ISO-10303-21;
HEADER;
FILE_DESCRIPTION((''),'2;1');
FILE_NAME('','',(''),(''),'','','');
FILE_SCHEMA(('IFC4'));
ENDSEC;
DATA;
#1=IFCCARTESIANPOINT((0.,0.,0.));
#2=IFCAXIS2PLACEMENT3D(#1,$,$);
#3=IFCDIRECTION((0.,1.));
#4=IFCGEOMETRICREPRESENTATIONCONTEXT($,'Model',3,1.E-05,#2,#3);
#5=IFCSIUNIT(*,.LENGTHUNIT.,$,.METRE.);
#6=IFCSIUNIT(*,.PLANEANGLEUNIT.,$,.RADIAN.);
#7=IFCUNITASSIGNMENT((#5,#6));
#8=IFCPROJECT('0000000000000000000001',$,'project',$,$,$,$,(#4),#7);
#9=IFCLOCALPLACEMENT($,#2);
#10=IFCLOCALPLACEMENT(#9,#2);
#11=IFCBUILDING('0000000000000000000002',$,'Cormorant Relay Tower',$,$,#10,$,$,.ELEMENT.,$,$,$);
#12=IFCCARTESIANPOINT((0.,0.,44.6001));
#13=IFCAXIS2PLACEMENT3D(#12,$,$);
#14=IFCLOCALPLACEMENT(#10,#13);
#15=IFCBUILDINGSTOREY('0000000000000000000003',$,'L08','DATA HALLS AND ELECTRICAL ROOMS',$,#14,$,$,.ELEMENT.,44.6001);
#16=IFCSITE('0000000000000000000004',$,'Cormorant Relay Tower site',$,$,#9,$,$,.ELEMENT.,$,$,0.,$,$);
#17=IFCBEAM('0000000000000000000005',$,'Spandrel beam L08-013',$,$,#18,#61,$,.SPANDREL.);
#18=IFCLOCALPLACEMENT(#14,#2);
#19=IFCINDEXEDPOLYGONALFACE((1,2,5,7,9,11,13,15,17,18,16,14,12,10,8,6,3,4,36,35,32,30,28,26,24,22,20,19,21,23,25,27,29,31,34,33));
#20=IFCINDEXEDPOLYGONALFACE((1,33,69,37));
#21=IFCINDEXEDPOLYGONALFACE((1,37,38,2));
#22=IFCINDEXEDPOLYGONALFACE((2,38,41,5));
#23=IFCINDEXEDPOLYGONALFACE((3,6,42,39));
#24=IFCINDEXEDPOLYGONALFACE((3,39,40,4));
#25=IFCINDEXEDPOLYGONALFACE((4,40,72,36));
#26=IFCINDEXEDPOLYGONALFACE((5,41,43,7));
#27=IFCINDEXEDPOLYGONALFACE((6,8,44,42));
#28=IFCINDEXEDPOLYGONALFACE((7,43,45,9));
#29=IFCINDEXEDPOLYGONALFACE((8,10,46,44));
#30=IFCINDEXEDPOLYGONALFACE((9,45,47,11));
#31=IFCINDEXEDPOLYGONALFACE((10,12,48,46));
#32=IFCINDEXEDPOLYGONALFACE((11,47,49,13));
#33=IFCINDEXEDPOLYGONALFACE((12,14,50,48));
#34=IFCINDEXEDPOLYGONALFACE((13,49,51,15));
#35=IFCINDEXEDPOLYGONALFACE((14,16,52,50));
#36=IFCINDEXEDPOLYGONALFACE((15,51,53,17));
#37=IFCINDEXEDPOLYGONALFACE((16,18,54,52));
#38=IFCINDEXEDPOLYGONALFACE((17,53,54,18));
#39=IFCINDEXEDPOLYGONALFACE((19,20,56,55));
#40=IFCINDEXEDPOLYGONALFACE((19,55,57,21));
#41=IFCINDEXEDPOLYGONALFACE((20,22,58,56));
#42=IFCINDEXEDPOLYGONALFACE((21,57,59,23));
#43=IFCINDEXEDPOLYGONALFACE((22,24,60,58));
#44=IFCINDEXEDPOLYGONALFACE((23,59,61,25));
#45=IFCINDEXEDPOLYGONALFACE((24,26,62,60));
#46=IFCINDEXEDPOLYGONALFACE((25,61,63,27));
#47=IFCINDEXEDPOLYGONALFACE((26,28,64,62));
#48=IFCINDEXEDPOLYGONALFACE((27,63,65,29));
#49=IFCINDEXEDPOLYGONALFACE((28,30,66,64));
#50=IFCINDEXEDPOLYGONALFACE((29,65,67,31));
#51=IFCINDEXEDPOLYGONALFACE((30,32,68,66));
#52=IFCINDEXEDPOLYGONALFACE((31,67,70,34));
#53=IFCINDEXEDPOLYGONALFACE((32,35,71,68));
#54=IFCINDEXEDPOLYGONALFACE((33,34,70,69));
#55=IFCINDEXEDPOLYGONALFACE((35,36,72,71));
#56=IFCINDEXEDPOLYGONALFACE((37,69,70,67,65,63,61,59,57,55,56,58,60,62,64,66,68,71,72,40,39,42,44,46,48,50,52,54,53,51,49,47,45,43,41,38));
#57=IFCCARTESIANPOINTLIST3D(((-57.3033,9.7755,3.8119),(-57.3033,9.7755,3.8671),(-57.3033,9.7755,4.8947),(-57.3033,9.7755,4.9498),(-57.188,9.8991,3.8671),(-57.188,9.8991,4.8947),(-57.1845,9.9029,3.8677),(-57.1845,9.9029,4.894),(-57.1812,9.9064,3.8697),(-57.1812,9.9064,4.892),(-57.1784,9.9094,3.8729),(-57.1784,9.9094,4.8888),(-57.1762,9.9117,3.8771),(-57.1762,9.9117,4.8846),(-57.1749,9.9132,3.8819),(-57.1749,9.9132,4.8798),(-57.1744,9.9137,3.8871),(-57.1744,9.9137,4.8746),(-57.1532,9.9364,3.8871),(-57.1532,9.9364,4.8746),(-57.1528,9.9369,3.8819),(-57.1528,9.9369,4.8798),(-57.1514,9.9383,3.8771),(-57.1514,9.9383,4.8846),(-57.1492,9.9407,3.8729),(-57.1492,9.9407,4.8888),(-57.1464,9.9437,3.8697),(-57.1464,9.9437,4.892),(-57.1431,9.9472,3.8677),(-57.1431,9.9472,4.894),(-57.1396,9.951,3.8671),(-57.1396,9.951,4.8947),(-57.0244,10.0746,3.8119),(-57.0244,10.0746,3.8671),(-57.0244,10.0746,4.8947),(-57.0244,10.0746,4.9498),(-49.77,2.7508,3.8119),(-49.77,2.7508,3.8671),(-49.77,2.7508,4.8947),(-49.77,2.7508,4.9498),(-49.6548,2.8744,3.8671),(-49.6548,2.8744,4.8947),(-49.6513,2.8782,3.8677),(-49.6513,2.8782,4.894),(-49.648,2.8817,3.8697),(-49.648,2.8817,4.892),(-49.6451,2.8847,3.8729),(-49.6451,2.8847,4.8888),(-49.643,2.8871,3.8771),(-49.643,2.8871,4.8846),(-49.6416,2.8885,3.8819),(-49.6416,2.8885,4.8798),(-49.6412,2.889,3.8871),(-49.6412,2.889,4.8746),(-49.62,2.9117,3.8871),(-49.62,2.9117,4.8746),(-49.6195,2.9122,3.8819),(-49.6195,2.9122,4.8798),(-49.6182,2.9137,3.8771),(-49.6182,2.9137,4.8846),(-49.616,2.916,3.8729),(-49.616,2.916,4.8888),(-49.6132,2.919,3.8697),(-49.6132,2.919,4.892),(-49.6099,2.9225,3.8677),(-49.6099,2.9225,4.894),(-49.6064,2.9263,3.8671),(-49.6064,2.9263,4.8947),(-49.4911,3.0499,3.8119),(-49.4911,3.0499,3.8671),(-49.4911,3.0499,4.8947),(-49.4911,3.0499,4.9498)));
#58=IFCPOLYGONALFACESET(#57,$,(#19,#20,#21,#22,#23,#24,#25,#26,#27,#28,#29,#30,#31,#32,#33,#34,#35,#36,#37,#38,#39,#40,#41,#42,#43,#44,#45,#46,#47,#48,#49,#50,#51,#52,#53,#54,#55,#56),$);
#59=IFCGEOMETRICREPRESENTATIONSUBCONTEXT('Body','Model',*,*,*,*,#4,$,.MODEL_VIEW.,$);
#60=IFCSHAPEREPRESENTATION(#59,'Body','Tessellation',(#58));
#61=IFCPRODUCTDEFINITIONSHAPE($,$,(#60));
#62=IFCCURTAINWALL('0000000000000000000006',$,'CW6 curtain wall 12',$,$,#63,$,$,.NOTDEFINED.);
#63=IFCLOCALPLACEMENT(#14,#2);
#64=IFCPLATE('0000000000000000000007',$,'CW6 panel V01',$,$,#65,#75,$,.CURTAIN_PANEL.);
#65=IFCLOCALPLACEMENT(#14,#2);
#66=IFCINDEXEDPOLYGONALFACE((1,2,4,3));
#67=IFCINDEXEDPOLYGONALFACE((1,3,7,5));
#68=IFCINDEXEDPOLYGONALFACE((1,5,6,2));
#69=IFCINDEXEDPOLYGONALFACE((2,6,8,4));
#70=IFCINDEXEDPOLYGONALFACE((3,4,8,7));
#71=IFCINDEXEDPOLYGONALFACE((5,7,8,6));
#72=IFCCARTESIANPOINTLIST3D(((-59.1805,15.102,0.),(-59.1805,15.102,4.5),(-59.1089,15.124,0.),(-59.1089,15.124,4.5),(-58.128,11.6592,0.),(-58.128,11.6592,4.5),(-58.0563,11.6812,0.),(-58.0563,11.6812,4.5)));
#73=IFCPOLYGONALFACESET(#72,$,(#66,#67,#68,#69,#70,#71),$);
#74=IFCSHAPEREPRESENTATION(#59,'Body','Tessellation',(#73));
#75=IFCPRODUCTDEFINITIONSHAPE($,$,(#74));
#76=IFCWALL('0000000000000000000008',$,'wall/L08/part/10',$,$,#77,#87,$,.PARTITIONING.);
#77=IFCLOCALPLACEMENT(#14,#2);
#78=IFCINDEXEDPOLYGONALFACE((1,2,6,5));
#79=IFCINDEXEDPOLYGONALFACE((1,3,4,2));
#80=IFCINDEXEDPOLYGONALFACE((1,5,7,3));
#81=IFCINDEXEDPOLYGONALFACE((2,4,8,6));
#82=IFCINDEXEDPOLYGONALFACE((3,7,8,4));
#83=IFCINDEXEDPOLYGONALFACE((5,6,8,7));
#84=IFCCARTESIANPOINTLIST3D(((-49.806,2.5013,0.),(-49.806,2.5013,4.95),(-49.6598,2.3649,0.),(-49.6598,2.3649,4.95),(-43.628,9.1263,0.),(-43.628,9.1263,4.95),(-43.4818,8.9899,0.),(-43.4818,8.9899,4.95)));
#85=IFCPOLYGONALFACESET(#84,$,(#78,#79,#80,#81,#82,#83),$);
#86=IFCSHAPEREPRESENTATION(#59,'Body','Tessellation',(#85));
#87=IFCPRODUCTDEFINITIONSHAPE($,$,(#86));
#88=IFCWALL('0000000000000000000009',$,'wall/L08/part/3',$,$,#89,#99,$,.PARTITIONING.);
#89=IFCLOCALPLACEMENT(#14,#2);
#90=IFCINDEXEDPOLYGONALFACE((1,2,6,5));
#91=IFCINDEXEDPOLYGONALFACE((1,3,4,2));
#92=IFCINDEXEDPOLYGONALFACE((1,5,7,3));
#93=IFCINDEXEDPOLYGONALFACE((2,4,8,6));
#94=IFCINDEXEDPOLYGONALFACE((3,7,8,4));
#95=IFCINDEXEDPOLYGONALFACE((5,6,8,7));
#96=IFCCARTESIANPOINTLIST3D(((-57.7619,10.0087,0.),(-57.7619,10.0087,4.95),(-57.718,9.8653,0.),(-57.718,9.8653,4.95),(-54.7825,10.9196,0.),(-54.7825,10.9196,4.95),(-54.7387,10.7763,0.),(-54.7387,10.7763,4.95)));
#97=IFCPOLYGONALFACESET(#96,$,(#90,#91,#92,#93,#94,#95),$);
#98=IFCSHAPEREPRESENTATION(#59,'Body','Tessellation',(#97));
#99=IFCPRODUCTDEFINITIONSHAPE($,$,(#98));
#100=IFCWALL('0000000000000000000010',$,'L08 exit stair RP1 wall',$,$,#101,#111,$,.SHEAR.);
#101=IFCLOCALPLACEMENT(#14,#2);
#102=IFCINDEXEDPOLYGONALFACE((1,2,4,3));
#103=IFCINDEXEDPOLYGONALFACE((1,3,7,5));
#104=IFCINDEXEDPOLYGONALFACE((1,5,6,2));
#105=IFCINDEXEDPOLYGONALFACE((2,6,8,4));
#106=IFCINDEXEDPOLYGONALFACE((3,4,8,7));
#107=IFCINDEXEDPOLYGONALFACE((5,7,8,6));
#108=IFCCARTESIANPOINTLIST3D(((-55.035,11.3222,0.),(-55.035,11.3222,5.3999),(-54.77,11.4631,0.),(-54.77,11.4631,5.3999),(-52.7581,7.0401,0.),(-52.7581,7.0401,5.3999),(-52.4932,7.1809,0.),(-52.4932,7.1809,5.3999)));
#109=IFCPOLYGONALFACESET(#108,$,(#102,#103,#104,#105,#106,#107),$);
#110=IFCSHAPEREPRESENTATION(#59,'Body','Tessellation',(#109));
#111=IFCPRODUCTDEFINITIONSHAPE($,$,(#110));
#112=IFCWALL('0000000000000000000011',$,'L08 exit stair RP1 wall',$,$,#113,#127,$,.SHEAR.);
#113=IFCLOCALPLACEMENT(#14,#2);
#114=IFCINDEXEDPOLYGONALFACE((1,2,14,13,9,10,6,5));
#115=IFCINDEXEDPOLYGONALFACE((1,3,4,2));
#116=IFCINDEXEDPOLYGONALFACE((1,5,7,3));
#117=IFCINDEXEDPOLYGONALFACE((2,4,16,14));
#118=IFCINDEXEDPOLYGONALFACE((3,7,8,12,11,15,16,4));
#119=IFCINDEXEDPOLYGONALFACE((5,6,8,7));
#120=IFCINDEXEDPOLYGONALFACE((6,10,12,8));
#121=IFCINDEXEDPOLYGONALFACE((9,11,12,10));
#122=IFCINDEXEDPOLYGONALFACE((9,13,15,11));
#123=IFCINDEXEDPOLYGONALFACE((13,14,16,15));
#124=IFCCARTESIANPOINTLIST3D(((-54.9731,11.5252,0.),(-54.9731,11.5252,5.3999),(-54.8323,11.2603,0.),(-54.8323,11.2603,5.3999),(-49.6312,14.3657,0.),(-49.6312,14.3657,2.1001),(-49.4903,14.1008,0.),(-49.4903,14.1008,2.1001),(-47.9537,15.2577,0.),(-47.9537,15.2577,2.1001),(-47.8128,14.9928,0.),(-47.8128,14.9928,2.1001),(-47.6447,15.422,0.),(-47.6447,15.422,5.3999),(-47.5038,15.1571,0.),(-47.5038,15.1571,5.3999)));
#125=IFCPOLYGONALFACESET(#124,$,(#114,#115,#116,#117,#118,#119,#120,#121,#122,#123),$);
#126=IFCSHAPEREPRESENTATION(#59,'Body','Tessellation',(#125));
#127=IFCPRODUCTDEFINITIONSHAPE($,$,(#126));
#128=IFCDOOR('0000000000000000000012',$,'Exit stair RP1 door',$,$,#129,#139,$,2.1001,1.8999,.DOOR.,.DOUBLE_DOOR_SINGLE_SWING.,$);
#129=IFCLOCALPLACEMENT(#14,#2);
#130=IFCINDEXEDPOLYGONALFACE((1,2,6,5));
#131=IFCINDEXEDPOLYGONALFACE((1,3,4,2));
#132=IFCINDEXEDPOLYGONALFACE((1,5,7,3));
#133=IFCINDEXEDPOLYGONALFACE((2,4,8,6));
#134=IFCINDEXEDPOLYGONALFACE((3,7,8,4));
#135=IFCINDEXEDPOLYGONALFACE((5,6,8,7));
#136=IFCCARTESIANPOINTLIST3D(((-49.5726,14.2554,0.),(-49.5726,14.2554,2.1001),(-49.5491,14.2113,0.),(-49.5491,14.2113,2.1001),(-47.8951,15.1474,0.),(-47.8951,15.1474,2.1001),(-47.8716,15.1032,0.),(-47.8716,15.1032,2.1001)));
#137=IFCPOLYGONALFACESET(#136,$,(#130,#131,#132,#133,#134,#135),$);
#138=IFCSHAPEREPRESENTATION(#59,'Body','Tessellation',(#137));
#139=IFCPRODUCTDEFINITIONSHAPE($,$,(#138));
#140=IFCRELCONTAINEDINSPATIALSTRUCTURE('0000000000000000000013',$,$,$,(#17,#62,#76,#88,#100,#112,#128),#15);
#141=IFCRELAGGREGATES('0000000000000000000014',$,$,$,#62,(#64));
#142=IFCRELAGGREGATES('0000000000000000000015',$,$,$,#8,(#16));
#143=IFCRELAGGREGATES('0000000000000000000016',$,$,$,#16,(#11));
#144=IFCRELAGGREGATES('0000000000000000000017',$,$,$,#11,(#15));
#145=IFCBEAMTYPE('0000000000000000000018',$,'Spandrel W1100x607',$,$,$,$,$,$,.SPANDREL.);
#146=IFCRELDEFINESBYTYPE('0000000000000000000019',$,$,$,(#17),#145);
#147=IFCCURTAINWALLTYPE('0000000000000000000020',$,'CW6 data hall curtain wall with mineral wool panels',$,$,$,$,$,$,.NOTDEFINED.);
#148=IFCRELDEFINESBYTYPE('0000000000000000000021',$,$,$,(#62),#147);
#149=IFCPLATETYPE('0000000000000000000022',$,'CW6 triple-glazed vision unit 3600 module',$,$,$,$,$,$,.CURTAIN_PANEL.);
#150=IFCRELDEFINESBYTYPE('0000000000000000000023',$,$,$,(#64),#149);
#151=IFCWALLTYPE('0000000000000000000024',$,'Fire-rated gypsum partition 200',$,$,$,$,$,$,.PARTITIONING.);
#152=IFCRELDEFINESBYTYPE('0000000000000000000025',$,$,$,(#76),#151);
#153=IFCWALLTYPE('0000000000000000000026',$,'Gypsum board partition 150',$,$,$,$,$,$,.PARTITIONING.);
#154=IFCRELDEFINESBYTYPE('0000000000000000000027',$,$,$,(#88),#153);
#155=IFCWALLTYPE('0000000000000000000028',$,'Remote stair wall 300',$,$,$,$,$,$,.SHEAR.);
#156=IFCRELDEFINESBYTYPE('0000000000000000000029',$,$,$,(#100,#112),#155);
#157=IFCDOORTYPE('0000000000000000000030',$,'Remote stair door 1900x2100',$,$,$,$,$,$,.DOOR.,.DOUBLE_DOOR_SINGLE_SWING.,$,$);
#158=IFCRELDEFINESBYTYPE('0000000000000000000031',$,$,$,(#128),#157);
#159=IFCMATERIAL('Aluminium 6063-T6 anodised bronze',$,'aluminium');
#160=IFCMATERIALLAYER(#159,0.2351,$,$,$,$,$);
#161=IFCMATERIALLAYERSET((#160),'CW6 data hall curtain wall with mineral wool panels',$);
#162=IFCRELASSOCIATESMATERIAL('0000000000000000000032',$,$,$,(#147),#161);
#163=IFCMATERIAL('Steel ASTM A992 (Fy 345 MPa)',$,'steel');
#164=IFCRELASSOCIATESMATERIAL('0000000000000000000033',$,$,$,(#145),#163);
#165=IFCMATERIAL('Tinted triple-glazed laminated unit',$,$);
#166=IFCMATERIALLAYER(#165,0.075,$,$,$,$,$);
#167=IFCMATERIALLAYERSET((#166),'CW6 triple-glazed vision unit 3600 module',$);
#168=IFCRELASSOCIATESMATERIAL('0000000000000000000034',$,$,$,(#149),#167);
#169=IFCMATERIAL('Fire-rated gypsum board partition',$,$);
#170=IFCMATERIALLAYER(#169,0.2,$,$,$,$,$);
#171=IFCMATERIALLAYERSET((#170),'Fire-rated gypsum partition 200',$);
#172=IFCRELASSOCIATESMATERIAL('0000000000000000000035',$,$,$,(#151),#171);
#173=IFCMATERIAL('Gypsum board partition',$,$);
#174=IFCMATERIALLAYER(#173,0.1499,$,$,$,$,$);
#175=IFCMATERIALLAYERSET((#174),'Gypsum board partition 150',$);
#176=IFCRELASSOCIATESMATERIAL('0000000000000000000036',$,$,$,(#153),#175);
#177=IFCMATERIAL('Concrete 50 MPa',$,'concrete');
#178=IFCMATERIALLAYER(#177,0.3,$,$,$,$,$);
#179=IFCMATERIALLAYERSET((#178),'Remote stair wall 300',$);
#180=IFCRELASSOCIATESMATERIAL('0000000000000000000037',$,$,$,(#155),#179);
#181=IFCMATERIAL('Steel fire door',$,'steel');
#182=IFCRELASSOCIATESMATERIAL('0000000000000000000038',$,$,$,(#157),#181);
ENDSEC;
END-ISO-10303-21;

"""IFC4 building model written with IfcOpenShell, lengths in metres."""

from ifc_helpers import new_model, si_unit, direction, frame, frame_2d, origin, origin_2d, place, context, subcontext, project, spatial, rectangle, i_section, extrude, material, layer, layer_set, material_profile, profile_set, type_object, element, fill, aggregate, save


model = new_model("IFC4")

# Units and contexts
model_context = context("Model", 3, precision=1e-05, world=origin(), true_north=direction((0.0, 1.0)))
body_context = subcontext(model_context, "Body", "Model", "MODEL_VIEW")
ifc_project = project(units=[si_unit("LENGTHUNIT", "METRE"), si_unit("PLANEANGLEUNIT", "RADIAN")], contexts=[model_context])

# Site, building, storey
site_placement = place(None, origin())
site = spatial("IfcSite", under=ifc_project, at=site_placement, Name="Cormorant Relay Tower site", CompositionType="ELEMENT", RefElevation=0.0)
building_placement = place(site_placement, origin())
building = spatial("IfcBuilding", under=site, at=building_placement, Name="Cormorant Relay Tower", CompositionType="ELEMENT")
storey_placement = place(building_placement, frame((0.0, 0.0, 44.6001)))
storey = spatial("IfcBuildingStorey", under=building, at=storey_placement, Name="L08", Description="DATA HALLS AND ELECTRICAL ROOMS", CompositionType="ELEMENT", Elevation=44.6001)

# Shared definitions
ifc_material_1 = material(Name="Aluminium 6063-T6 anodised bronze", Category="aluminium")
ifc_layer_1 = layer(ifc_material_1, 0.2351)
ifc_layer_set_1 = layer_set([ifc_layer_1], Name="CW6 data hall curtain wall with mineral wool panels")
curtain_wall_type = type_object("IfcCurtainWallType", Name="CW6 data hall curtain wall with mineral wool panels", PredefinedType="NOTDEFINED", material=ifc_layer_set_1)

# Beam
ifc_material_2 = material(Name="Steel ASTM A992 (Fy 345 MPa)", Category="steel")
ifc_material_profile_1 = material_profile(ifc_material_2, i_section(OverallWidth=0.4089, OverallDepth=1.1379, WebThickness=0.031, FlangeThickness=0.0552, FilletRadius=0.02, at=origin_2d()), Name="W1100x607")
ifc_profile_set_1 = profile_set([ifc_material_profile_1], Name="Steel ASTM A992 (Fy 345 MPa)")
beam_type = type_object("IfcBeamType", Name="Spandrel W1100x607", PredefinedType="SPANDREL", material=ifc_profile_set_1)
beam_placement = place(storey_placement, frame((-57.1638, 9.925, 4.3809), z_axis=(0.731362, -0.68199, 0.0), x_axis=(0.68199, 0.731362, 0.0)))
element("IfcBeam", 1, at=beam_placement, inside=storey, type_object=beam_type, Name="Spandrel beam L08-013", PredefinedType="SPANDREL", context=body_context, shape_type="SweptSolid", body=[
    extrude(i_section(OverallWidth=0.4089, OverallDepth=1.1379, WebThickness=0.031, FlangeThickness=0.0552, FilletRadius=0.02, at=origin_2d()), origin(), (0.0, 0.0, 1.0), 10.3003),
])

# Curtain wall, plate
curtain_wall_1_placement = place(storey_placement, origin())
curtain_wall_1 = element("IfcCurtainWall", 2, at=curtain_wall_1_placement, inside=storey, type_object=curtain_wall_type, Name="CW6 curtain wall 12", PredefinedType="NOTDEFINED")
ifc_material_3 = material(Name="Tinted triple-glazed laminated unit")
ifc_layer_2 = layer(ifc_material_3, 0.075)
ifc_layer_set_2 = layer_set([ifc_layer_2], Name="CW6 triple-glazed vision unit 3600 module")
plate_type = type_object("IfcPlateType", Name="CW6 triple-glazed vision unit 3600 module", PredefinedType="CURTAIN_PANEL", material=ifc_layer_set_2)
plate_placement = place(storey_placement, frame((-58.6184, 13.3916, 0.0), z_axis=(0.0, 0.0, 1.0), x_axis=(0.292372, -0.956305, 0.0)))
plate = element("IfcPlate", 3, at=plate_placement, type_object=plate_type, Name="CW6 panel V01", PredefinedType="CURTAIN_PANEL", context=body_context, shape_type="SweptSolid", body=[
    extrude(rectangle(XDim=3.6001, YDim=0.075, at=origin_2d()), origin(), (0.0, 0.0, 1.0), 4.5),
])

# Walls
ifc_material_4 = material(Name="Fire-rated gypsum board partition")
ifc_layer_3 = layer(ifc_material_4, 0.2)
ifc_layer_set_3 = layer_set([ifc_layer_3], Name="Fire-rated gypsum partition 200")
wall_type_1 = type_object("IfcWallType", Name="Fire-rated gypsum partition 200", PredefinedType="PARTITIONING", material=ifc_layer_set_3)
wall_1_placement = place(storey_placement, frame((-49.7329, 2.4331, 0.0), z_axis=(0.0, 0.0, 1.0), x_axis=(0.682002, 0.73135, 0.0)))
element("IfcWall", 4, at=wall_1_placement, inside=storey, type_object=wall_type_1, Name="wall/L08/part/10", PredefinedType="PARTITIONING", context=body_context, shape_type="SweptSolid", body=[
    extrude(rectangle(XDim=9.0586, YDim=0.2, at=frame_2d((4.5293, 0.0))), origin(), (0.0, 0.0, 1.0), 4.95),
])
ifc_material_5 = material(Name="Gypsum board partition")
ifc_layer_4 = layer(ifc_material_5, 0.1499)
ifc_layer_set_4 = layer_set([ifc_layer_4], Name="Gypsum board partition 150")
wall_type_2 = type_object("IfcWallType", Name="Gypsum board partition 150", PredefinedType="PARTITIONING", material=ifc_layer_set_4)
wall_2_placement = place(storey_placement, frame((-54.7607, 10.8479, 0.0), z_axis=(0.0, 0.0, 1.0), x_axis=(-0.956301, -0.292384, 0.0)))
element("IfcWall", 5, at=wall_2_placement, inside=storey, type_object=wall_type_2, Name="wall/L08/part/3", PredefinedType="PARTITIONING", context=body_context, shape_type="SweptSolid", body=[
    extrude(rectangle(XDim=3.1155, YDim=0.1499, at=frame_2d((1.5576, 0.0))), origin(), (0.0, 0.0, 1.0), 4.95),
])
ifc_material_6 = material(Name="Concrete 50 MPa", Category="concrete")
ifc_layer_5 = layer(ifc_material_6, 0.3)
ifc_layer_set_5 = layer_set([ifc_layer_5], Name="Remote stair wall 300")
wall_type_3 = type_object("IfcWallType", Name="Remote stair wall 300", PredefinedType="SHEAR", material=ifc_layer_set_5)
wall_3_placement = place(storey_placement, frame((-52.6257, 7.1106, 0.0), z_axis=(0.0, 0.0, 1.0), x_axis=(-0.469464, 0.882951, 0.0)))
element("IfcWall", 6, at=wall_3_placement, inside=storey, type_object=wall_type_3, Name="L08 exit stair RP1 wall", PredefinedType="SHEAR", context=body_context, shape_type="SweptSolid", body=[
    extrude(rectangle(XDim=4.8499, YDim=0.3, at=frame_2d((2.4248, 0.0))), origin(), (0.0, 0.0, 1.0), 5.3999),
])

# Wall, opening, door
wall_4_placement = place(storey_placement, frame((-54.9026, 11.3928, 0.0), z_axis=(0.0, 0.0, 1.0), x_axis=(0.882939, 0.469487, 0.0)))
wall_4 = element("IfcWall", 7, at=wall_4_placement, inside=storey, type_object=wall_type_3, Name="L08 exit stair RP1 wall", PredefinedType="SHEAR", context=body_context, shape_type="SweptSolid", body=[
    extrude(rectangle(XDim=8.3, YDim=0.3, at=frame_2d((4.1499, 0.0))), origin(), (0.0, 0.0, 1.0), 5.3999),
])
opening_placement = place(wall_4_placement, frame((6.05, 0.0, 0.0)))
opening = element("IfcOpeningElement", 8, at=opening_placement, cuts=wall_4, PredefinedType="OPENING", context=body_context, shape_type="SweptSolid", body=[
    extrude(rectangle(XDim=1.8999, YDim=2.1001, at=frame_2d((0.95, 1.05))), frame((0.0, 0.1599, 0.0), z_axis=(0.0, -1.0, 0.0), x_axis=(1.0, 0.0, 0.0)), (0.0, 0.0, 1.0), 0.3201),
])
ifc_material_7 = material(Name="Steel fire door", Category="steel")
door_type = type_object("IfcDoorType", Name="Remote stair door 1900x2100", OperationType="DOUBLE_DOOR_SINGLE_SWING", PredefinedType="DOOR", material=ifc_material_7)
door_placement = place(opening_placement, frame((1.8999, 0.0, 0.0), z_axis=(0.0, 0.0, 1.0), x_axis=(-1.0, 0.0, 0.0)))
door = element("IfcDoor", 9, at=door_placement, inside=storey, type_object=door_type, Name="Exit stair RP1 door", OperationType="DOUBLE_DOOR_SINGLE_SWING", OverallHeight=2.1001, OverallWidth=1.8999, PredefinedType="DOOR", context=body_context, shape_type="SweptSolid", body=[
    extrude(rectangle(XDim=1.8999, YDim=2.1001, at=frame_2d((0.95, 1.05))), frame((0.0, 0.0249, 0.0), z_axis=(0.0, -1.0, 0.0), x_axis=(1.0, 0.0, 0.0)), (0.0, 0.0, 1.0), 0.05),
])
fill(opening, door)

aggregate(curtain_wall_1, [plate])

save(model, "model.ifc")
